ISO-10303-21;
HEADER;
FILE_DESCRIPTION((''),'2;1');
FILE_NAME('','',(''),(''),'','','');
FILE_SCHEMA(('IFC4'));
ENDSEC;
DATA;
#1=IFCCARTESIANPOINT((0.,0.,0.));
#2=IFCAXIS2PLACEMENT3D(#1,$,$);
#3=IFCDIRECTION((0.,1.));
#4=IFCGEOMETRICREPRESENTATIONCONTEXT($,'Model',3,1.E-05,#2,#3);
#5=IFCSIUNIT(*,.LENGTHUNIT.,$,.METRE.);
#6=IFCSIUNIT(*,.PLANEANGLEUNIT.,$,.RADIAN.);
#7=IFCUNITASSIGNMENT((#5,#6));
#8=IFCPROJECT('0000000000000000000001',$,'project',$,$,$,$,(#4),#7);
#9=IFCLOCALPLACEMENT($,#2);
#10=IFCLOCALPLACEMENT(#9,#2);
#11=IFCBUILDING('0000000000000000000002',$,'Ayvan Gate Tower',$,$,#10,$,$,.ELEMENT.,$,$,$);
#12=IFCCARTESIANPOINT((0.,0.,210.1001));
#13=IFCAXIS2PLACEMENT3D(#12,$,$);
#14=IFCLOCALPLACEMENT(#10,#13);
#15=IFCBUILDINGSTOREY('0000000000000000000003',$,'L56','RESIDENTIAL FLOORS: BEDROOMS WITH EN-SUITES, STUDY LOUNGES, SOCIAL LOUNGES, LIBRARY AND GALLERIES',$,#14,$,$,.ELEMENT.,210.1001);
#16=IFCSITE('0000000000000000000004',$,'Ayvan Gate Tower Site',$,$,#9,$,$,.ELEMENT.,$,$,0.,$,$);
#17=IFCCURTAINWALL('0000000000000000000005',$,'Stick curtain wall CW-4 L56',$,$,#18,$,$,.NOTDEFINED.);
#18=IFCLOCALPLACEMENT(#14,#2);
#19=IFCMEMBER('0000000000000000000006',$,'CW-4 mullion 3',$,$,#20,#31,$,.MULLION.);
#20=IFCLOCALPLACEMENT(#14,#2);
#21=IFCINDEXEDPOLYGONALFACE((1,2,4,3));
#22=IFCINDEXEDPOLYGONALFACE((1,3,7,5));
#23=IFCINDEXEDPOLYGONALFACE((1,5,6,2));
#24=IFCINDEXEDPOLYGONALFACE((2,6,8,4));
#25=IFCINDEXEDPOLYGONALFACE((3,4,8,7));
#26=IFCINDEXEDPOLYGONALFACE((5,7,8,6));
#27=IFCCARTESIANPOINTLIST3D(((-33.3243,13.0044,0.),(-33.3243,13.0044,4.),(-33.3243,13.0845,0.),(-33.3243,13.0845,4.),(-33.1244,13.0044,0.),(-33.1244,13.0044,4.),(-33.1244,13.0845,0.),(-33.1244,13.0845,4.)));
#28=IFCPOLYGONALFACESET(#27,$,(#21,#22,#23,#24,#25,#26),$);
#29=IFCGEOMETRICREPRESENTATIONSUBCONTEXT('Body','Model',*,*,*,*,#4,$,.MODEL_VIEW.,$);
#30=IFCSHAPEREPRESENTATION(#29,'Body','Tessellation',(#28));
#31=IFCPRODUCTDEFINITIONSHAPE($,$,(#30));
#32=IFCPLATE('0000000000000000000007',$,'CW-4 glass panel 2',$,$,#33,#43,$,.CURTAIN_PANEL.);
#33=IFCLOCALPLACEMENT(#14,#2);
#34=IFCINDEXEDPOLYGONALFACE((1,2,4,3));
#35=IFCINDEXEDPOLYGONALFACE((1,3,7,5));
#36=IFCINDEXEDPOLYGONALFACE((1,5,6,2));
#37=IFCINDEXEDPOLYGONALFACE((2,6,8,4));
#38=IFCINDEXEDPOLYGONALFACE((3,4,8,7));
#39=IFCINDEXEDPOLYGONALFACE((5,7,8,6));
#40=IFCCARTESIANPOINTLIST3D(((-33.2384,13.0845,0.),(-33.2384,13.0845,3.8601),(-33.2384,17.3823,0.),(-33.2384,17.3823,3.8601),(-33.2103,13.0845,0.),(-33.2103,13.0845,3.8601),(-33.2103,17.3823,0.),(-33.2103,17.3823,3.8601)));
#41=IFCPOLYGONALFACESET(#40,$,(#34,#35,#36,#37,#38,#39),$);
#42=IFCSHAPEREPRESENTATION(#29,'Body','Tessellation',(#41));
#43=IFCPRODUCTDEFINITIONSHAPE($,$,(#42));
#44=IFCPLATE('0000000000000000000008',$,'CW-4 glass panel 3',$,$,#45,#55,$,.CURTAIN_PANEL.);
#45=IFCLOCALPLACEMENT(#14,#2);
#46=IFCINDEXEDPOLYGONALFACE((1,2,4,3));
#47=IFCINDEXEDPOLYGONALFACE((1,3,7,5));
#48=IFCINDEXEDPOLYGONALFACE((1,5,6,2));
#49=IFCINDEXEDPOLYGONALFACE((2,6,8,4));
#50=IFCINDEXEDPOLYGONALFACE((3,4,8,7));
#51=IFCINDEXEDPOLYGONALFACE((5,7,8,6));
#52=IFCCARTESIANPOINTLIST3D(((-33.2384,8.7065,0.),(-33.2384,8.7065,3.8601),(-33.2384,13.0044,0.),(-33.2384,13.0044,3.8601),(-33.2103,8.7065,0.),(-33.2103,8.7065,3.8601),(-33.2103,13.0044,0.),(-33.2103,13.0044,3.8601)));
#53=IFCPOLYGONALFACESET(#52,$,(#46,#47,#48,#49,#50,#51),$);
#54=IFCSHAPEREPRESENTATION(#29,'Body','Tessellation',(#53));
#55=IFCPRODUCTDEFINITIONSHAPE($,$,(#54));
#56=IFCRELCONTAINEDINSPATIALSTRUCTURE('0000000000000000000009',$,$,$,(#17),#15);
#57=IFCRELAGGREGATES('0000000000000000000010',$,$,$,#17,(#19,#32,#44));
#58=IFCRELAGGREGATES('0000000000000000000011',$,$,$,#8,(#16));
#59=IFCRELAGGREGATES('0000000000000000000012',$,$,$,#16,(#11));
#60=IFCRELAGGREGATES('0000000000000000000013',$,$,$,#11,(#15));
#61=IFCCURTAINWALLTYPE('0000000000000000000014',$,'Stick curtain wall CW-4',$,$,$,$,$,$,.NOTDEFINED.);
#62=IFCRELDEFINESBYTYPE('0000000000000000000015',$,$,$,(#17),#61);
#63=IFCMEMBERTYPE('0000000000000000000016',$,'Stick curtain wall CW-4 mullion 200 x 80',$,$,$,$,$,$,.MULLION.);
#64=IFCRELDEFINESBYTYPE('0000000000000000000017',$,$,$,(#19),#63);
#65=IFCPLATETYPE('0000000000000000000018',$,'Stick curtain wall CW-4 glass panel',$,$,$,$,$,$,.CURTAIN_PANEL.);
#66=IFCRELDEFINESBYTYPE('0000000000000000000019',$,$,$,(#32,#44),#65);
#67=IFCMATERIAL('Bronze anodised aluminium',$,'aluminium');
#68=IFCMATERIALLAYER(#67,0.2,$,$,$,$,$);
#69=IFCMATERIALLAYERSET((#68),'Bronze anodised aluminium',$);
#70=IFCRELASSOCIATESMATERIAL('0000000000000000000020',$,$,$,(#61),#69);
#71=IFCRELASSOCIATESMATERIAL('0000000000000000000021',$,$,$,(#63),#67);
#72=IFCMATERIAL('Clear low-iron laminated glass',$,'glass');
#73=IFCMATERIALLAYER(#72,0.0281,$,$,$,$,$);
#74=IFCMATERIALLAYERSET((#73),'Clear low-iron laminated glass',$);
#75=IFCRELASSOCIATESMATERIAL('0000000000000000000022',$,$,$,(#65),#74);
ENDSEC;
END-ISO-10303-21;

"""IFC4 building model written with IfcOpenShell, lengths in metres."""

from ifc_helpers import new_model, si_unit, direction, frame, origin, origin_2d, place, context, subcontext, project, spatial, rectangle, extrude, material, layer, layer_set, material_profile, profile_set, type_object, element, aggregate, save


model = new_model("IFC4")

# Units and contexts
model_context = context("Model", 3, precision=1e-05, world=origin(), true_north=direction((0.0, 1.0)))
body_context = subcontext(model_context, "Body", "Model", "MODEL_VIEW")
ifc_project = project(units=[si_unit("LENGTHUNIT", "METRE"), si_unit("PLANEANGLEUNIT", "RADIAN")], contexts=[model_context])

# Site, building, storey
site_placement = place(None, origin())
site = spatial("IfcSite", under=ifc_project, at=site_placement, Name="Ayvan Gate Tower Site", CompositionType="ELEMENT", RefElevation=0.0)
building_placement = place(site_placement, origin())
building = spatial("IfcBuilding", under=site, at=building_placement, Name="Ayvan Gate Tower", CompositionType="ELEMENT")
storey_placement = place(building_placement, frame((0.0, 0.0, 210.1001)))
storey = spatial("IfcBuildingStorey", under=building, at=storey_placement, Name="L56", Description="RESIDENTIAL FLOORS: BEDROOMS WITH EN-SUITES, STUDY LOUNGES, SOCIAL LOUNGES, LIBRARY AND GALLERIES", CompositionType="ELEMENT", Elevation=210.1001)

# Curtain wall, member, plates
ifc_material_1 = material(Name="Bronze anodised aluminium", Category="aluminium")
ifc_layer_1 = layer(ifc_material_1, 0.2)
ifc_layer_set_1 = layer_set([ifc_layer_1], Name="Bronze anodised aluminium")
curtain_wall_type = type_object("IfcCurtainWallType", Name="Stick curtain wall CW-4", PredefinedType="NOTDEFINED", material=ifc_layer_set_1)
curtain_wall_placement = place(storey_placement, origin())
curtain_wall = element("IfcCurtainWall", 1, at=curtain_wall_placement, inside=storey, type_object=curtain_wall_type, Name="Stick curtain wall CW-4 L56", PredefinedType="NOTDEFINED")
ifc_material_profile_1 = material_profile(ifc_material_1, rectangle(XDim=0.2, YDim=0.0801, at=origin_2d()), Name="Stick curtain wall CW-4 mullion 200 x 80")
ifc_profile_set_1 = profile_set([ifc_material_profile_1], Name="Bronze anodised aluminium")
member_type_1 = type_object("IfcMemberType", Name="Stick curtain wall CW-4 mullion 200 x 80", PredefinedType="MULLION", material=ifc_profile_set_1)
member_placement = place(storey_placement, frame((-33.2244, 13.0444, 0.0), z_axis=(0.0, 0.0, 1.0), x_axis=(-1.0, 0.0, 0.0)))
member = element("IfcMember", 2, at=member_placement, type_object=member_type_1, Name="CW-4 mullion 3", PredefinedType="MULLION", context=body_context, shape_type="SweptSolid", body=[
    extrude(rectangle(XDim=0.2, YDim=0.0801, at=origin_2d()), origin(), (0.0, 0.0, 1.0), 4.0),
])
ifc_material_2 = material(Name="Clear low-iron laminated glass", Category="glass")
ifc_layer_2 = layer(ifc_material_2, 0.0281)
ifc_layer_set_2 = layer_set([ifc_layer_2], Name="Clear low-iron laminated glass")
plate_type = type_object("IfcPlateType", Name="Stick curtain wall CW-4 glass panel", PredefinedType="CURTAIN_PANEL", material=ifc_layer_set_2)
plate_1_placement = place(storey_placement, frame((-33.2244, 15.2334, 0.0), z_axis=(0.0, 0.0, 1.0), x_axis=(0.0, -1.0, 0.0)))
plate_1 = element("IfcPlate", 3, at=plate_1_placement, type_object=plate_type, Name="CW-4 glass panel 2", PredefinedType="CURTAIN_PANEL", context=body_context, shape_type="SweptSolid", body=[
    extrude(rectangle(XDim=4.2979, YDim=0.0281, at=origin_2d()), origin(), (0.0, 0.0, 1.0), 3.8601),
])
plate_2_placement = place(storey_placement, frame((-33.2244, 10.8555, 0.0), z_axis=(0.0, 0.0, 1.0), x_axis=(0.0, -1.0, 0.0)))
plate_2 = element("IfcPlate", 4, at=plate_2_placement, type_object=plate_type, Name="CW-4 glass panel 3", PredefinedType="CURTAIN_PANEL", context=body_context, shape_type="SweptSolid", body=[
    extrude(rectangle(XDim=4.2979, YDim=0.0281, at=origin_2d()), origin(), (0.0, 0.0, 1.0), 3.8601),
])
aggregate(curtain_wall, [member, plate_1, plate_2])

save(model, "model.ifc")
